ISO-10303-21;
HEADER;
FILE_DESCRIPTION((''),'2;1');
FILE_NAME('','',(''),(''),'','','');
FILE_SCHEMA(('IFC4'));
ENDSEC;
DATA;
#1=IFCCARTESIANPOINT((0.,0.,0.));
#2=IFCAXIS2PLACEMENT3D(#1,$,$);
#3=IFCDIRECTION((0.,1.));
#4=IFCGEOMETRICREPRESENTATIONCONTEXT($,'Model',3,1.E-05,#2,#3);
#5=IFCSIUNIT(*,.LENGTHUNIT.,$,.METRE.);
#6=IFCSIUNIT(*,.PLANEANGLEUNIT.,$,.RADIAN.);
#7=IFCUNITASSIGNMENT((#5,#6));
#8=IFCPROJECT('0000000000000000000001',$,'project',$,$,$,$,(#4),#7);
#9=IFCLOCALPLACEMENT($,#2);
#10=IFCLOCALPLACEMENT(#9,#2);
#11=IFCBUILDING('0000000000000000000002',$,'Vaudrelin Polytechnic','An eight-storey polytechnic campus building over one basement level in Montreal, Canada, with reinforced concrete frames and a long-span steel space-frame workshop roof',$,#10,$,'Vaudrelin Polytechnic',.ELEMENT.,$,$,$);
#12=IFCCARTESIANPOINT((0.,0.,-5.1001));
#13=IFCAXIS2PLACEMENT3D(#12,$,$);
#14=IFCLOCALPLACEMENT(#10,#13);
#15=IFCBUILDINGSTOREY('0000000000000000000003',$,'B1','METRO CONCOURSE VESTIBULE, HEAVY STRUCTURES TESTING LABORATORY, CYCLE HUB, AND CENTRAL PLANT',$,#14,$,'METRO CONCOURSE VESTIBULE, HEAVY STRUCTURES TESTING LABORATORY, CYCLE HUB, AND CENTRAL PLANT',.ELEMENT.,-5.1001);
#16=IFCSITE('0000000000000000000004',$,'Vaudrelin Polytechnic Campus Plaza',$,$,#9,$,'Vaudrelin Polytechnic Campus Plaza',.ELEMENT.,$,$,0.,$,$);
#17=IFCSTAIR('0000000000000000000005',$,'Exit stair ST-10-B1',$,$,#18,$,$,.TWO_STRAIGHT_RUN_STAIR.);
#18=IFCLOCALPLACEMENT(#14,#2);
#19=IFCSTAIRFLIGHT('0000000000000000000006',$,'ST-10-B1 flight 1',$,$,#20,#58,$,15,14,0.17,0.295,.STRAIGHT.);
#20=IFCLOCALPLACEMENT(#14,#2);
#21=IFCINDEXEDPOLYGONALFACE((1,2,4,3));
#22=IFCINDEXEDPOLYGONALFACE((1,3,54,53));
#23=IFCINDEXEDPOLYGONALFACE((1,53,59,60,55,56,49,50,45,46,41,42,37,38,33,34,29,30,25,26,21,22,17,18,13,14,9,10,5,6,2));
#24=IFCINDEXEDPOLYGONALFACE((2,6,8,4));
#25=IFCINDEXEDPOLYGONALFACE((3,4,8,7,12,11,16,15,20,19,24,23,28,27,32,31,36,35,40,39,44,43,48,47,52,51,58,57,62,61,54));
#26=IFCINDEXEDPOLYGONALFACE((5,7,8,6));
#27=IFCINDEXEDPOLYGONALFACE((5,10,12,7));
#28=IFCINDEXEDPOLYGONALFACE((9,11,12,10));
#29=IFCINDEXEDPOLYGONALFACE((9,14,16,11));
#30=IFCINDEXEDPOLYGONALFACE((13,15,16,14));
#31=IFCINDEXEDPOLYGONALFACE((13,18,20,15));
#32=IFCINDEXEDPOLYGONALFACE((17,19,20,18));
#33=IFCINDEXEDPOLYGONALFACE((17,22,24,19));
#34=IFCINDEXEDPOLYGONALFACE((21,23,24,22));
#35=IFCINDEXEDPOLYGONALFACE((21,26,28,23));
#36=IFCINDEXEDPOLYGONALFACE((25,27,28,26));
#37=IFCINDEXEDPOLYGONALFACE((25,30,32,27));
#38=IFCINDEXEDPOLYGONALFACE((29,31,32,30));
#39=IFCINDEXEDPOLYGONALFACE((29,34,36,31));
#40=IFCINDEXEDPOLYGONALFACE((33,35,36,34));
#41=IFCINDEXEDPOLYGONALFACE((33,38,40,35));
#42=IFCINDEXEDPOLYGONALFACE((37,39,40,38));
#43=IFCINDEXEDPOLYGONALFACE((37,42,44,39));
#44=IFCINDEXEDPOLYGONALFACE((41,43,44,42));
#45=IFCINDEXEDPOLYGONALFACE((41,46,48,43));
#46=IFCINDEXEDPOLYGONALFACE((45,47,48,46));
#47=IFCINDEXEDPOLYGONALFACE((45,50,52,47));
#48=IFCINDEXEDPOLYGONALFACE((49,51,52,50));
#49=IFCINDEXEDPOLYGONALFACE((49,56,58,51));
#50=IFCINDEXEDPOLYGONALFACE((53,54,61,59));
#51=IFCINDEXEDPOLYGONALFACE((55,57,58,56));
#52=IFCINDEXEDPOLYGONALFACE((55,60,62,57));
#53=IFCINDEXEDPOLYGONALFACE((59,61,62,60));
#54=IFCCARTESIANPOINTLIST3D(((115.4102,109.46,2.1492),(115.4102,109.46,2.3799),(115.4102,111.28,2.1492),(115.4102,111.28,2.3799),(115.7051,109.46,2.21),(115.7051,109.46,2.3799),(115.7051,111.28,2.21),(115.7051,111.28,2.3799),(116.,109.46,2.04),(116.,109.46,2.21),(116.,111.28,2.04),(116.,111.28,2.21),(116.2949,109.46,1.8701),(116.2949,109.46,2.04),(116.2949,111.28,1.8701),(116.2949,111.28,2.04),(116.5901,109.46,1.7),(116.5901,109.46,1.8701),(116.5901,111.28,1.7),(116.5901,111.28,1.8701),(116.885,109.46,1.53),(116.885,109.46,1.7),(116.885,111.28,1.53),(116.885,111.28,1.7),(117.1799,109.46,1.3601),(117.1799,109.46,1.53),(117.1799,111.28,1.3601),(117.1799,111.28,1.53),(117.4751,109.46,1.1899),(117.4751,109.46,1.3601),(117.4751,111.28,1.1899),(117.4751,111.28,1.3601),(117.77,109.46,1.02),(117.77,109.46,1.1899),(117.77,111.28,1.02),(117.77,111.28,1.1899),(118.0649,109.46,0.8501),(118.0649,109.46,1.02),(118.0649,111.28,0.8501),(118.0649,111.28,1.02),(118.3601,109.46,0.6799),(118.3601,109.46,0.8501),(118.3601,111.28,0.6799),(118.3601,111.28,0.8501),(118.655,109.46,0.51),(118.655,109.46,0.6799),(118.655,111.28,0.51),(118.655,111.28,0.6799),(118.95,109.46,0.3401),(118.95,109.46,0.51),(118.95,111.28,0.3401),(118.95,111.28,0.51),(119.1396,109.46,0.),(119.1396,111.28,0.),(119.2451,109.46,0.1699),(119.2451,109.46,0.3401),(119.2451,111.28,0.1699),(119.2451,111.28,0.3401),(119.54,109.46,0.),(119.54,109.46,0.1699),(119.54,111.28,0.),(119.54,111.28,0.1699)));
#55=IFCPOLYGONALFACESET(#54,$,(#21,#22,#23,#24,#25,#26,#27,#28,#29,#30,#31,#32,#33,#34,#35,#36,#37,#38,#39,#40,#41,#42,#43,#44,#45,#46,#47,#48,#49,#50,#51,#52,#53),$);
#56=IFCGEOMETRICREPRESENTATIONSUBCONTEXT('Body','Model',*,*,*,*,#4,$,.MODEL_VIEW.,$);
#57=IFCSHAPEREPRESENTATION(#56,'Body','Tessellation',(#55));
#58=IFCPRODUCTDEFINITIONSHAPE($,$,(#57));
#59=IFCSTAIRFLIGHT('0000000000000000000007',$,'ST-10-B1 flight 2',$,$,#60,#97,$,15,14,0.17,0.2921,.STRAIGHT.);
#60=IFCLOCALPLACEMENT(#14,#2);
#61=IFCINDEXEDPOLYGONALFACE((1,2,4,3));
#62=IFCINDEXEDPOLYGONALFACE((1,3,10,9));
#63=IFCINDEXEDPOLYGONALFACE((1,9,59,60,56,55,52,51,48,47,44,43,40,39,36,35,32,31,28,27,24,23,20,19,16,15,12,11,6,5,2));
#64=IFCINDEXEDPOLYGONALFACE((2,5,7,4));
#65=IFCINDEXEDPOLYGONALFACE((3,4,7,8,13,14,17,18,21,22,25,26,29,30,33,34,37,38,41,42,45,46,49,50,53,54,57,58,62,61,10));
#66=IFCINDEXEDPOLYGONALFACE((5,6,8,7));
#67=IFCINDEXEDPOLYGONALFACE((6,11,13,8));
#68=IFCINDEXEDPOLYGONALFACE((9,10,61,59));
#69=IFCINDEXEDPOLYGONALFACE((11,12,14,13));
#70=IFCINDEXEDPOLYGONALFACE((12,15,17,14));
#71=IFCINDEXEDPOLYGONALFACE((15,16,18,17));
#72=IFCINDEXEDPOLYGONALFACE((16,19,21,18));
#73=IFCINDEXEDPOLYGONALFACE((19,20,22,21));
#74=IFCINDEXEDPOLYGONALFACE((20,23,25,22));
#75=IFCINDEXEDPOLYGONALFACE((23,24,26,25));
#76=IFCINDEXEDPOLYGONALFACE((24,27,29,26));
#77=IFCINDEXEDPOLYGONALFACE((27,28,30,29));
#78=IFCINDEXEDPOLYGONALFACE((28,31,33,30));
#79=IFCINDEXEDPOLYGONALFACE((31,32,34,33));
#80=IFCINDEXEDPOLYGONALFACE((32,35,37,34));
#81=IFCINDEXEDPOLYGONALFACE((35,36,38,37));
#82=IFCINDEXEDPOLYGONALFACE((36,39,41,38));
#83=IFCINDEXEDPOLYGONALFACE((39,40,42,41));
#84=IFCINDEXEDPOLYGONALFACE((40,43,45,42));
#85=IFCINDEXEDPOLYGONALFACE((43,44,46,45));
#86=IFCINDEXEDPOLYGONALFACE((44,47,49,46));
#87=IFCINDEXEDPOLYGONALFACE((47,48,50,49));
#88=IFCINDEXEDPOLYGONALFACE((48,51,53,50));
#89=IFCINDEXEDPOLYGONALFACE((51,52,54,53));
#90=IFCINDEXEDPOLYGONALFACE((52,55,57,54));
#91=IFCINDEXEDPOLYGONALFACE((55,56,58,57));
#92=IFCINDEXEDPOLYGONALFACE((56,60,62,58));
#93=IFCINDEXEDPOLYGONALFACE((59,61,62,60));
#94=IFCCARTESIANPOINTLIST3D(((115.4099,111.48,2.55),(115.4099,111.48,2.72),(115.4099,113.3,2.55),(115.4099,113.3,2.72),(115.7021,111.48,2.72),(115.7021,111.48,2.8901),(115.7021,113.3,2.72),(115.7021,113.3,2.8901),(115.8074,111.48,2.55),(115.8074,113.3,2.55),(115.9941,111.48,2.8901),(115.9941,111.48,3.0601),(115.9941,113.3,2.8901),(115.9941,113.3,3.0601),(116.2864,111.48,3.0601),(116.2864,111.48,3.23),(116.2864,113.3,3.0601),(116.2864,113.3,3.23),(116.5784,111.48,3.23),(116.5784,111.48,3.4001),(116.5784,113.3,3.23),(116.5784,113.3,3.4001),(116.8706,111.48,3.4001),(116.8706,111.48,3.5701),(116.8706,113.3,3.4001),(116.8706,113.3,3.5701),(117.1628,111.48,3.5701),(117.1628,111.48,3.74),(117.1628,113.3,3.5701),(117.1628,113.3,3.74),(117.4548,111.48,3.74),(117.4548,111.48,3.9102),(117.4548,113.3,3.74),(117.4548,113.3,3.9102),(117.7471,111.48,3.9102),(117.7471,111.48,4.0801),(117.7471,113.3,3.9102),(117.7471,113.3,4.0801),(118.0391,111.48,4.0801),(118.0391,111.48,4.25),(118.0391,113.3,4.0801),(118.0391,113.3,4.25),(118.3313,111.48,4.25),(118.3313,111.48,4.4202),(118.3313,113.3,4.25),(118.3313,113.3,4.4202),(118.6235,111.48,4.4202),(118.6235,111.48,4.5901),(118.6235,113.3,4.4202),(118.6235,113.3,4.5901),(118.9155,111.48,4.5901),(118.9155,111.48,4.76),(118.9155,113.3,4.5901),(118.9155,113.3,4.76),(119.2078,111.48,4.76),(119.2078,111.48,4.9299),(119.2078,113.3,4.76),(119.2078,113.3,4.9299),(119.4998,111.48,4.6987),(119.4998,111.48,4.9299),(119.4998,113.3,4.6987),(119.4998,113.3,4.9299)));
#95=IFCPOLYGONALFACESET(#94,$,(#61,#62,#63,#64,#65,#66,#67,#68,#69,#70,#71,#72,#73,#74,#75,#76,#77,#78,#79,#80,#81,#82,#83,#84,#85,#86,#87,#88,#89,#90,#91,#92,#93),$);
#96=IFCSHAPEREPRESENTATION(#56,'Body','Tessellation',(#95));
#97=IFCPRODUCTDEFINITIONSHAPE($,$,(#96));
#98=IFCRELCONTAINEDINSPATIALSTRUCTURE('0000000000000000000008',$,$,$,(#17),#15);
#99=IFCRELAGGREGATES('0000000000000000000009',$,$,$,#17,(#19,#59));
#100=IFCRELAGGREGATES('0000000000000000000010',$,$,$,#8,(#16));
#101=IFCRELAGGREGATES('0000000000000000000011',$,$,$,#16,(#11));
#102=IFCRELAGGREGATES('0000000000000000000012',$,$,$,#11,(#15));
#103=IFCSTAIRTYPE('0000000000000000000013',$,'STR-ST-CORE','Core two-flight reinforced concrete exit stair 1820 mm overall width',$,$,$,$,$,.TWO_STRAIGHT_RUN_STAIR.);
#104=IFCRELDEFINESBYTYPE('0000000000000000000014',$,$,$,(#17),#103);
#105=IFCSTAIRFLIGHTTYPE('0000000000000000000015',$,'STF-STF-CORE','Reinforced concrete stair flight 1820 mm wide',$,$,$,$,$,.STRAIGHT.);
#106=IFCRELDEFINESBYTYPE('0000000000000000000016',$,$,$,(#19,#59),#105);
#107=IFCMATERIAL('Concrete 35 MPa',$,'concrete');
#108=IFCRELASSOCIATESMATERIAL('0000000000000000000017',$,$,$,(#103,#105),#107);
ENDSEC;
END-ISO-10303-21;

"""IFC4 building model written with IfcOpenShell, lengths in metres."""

from ifc_helpers import new_model, si_unit, direction, frame, origin, place, context, subcontext, project, spatial, polyline, outline, extrude, material, type_object, element, aggregate, save


model = new_model("IFC4")

# Units and contexts
model_context = context("Model", 3, precision=1e-05, world=origin(), true_north=direction((0.0, 1.0)))
body_context = subcontext(model_context, "Body", "Model", "MODEL_VIEW")
ifc_project = project(units=[si_unit("LENGTHUNIT", "METRE"), si_unit("PLANEANGLEUNIT", "RADIAN")], contexts=[model_context])

# Site, building, storey
site_placement = place(None, origin())
site = spatial("IfcSite", under=ifc_project, at=site_placement, Name="Vaudrelin Polytechnic Campus Plaza", LongName="Vaudrelin Polytechnic Campus Plaza", CompositionType="ELEMENT", RefElevation=0.0)
building_placement = place(site_placement, origin())
building = spatial("IfcBuilding", under=site, at=building_placement, Name="Vaudrelin Polytechnic", Description="An eight-storey polytechnic campus building over one basement level in Montreal, Canada, with reinforced concrete frames and a long-span steel space-frame workshop roof", LongName="Vaudrelin Polytechnic", CompositionType="ELEMENT")
storey_placement = place(building_placement, frame((0.0, 0.0, -5.1001)))
storey = spatial("IfcBuildingStorey", under=building, at=storey_placement, Name="B1", Description="METRO CONCOURSE VESTIBULE, HEAVY STRUCTURES TESTING LABORATORY, CYCLE HUB, AND CENTRAL PLANT", LongName="METRO CONCOURSE VESTIBULE, HEAVY STRUCTURES TESTING LABORATORY, CYCLE HUB, AND CENTRAL PLANT", CompositionType="ELEMENT", Elevation=-5.1001)

# Shared definitions
ifc_material_1 = material(Name="Concrete 35 MPa", Category="concrete")

# Stair, stair flights
stair_type = type_object("IfcStairType", Name="STR-ST-CORE", Description="Core two-flight reinforced concrete exit stair 1820 mm overall width", PredefinedType="TWO_STRAIGHT_RUN_STAIR", material=ifc_material_1)
stair_placement = place(storey_placement, origin())
stair = element("IfcStair", 1, at=stair_placement, inside=storey, type_object=stair_type, Name="Exit stair ST-10-B1", PredefinedType="TWO_STRAIGHT_RUN_STAIR")
stair_flight_type = type_object("IfcStairFlightType", Name="STF-STF-CORE", Description="Reinforced concrete stair flight 1820 mm wide", PredefinedType="STRAIGHT", material=ifc_material_1)
stair_flight_1_placement = place(storey_placement, frame((119.54, 110.3701, 0.0), z_axis=(0.0, 0.0, 1.0), x_axis=(-1.0, 0.0, 0.0)))
stair_flight_1 = element("IfcStairFlight", 2, at=stair_flight_1_placement, type_object=stair_flight_type, Name="ST-10-B1 flight 1", NumberOfRisers=15, NumberOfTreads=14, PredefinedType="STRAIGHT", RiserHeight=0.17, TreadLength=0.295, context=body_context, shape_type="SweptSolid", body=[
    extrude(outline(polyline([(0.0, 0.0), (0.0, 0.1699), (0.2949, 0.1699), (0.2949, 0.3401), (0.5901, 0.3401), (0.5901, 0.51), (0.885, 0.51), (0.885, 0.6799), (1.1799, 0.6799), (1.1799, 0.8501), (1.4751, 0.8501), (1.4751, 1.02), (1.77, 1.02), (1.77, 1.1899), (2.0649, 1.1899), (2.0649, 1.3601), (2.3601, 1.3601), (2.3601, 1.53), (2.655, 1.53), (2.655, 1.7), (2.95, 1.7), (2.95, 1.8701), (3.2451, 1.8701), (3.2451, 2.04), (3.54, 2.04), (3.54, 2.21), (3.835, 2.21), (3.835, 2.3799), (4.1299, 2.3799), (4.1299, 2.55), (4.1299, 2.1492), (0.4004, 0.0), (0.0, 0.0)])), frame((0.0, 0.9102, 0.0), z_axis=(0.0, -1.0, 0.0), x_axis=(1.0, 0.0, 0.0)), (0.0, 0.0, 1.0), 1.8201),
])
stair_flight_2_placement = place(storey_placement, frame((115.4099, 112.3899, 2.55), z_axis=(0.0, 0.0, 1.0), x_axis=(1.0, 0.0, 0.0)))
stair_flight_2 = element("IfcStairFlight", 3, at=stair_flight_2_placement, type_object=stair_flight_type, Name="ST-10-B1 flight 2", NumberOfRisers=15, NumberOfTreads=14, PredefinedType="STRAIGHT", RiserHeight=0.17, TreadLength=0.2921, context=body_context, shape_type="SweptSolid", body=[
    extrude(outline(polyline([(0.0, 0.0), (0.0, 0.1699), (0.2922, 0.1699), (0.2922, 0.3401), (0.5842, 0.3401), (0.5842, 0.51), (0.8765, 0.51), (0.8765, 0.6799), (1.1685, 0.6799), (1.1685, 0.8501), (1.4607, 0.8501), (1.4607, 1.02), (1.7529, 1.02), (1.7529, 1.1899), (2.0449, 1.1899), (2.0449, 1.3601), (2.3372, 1.3601), (2.3372, 1.53), (2.6292, 1.53), (2.6292, 1.7), (2.9214, 1.7), (2.9214, 1.8701), (3.2136, 1.8701), (3.2136, 2.04), (3.5056, 2.04), (3.5056, 2.21), (3.7979, 2.21), (3.7979, 2.3799), (4.0898, 2.3799), (4.0898, 2.55), (4.0898, 2.1487), (0.3975, 0.0), (0.0, 0.0)])), frame((0.0, 0.9102, 0.0), z_axis=(0.0, -1.0, 0.0), x_axis=(1.0, 0.0, 0.0)), (0.0, 0.0, 1.0), 1.8201),
])
aggregate(stair, [stair_flight_1, stair_flight_2])

save(model, "model.ifc")
